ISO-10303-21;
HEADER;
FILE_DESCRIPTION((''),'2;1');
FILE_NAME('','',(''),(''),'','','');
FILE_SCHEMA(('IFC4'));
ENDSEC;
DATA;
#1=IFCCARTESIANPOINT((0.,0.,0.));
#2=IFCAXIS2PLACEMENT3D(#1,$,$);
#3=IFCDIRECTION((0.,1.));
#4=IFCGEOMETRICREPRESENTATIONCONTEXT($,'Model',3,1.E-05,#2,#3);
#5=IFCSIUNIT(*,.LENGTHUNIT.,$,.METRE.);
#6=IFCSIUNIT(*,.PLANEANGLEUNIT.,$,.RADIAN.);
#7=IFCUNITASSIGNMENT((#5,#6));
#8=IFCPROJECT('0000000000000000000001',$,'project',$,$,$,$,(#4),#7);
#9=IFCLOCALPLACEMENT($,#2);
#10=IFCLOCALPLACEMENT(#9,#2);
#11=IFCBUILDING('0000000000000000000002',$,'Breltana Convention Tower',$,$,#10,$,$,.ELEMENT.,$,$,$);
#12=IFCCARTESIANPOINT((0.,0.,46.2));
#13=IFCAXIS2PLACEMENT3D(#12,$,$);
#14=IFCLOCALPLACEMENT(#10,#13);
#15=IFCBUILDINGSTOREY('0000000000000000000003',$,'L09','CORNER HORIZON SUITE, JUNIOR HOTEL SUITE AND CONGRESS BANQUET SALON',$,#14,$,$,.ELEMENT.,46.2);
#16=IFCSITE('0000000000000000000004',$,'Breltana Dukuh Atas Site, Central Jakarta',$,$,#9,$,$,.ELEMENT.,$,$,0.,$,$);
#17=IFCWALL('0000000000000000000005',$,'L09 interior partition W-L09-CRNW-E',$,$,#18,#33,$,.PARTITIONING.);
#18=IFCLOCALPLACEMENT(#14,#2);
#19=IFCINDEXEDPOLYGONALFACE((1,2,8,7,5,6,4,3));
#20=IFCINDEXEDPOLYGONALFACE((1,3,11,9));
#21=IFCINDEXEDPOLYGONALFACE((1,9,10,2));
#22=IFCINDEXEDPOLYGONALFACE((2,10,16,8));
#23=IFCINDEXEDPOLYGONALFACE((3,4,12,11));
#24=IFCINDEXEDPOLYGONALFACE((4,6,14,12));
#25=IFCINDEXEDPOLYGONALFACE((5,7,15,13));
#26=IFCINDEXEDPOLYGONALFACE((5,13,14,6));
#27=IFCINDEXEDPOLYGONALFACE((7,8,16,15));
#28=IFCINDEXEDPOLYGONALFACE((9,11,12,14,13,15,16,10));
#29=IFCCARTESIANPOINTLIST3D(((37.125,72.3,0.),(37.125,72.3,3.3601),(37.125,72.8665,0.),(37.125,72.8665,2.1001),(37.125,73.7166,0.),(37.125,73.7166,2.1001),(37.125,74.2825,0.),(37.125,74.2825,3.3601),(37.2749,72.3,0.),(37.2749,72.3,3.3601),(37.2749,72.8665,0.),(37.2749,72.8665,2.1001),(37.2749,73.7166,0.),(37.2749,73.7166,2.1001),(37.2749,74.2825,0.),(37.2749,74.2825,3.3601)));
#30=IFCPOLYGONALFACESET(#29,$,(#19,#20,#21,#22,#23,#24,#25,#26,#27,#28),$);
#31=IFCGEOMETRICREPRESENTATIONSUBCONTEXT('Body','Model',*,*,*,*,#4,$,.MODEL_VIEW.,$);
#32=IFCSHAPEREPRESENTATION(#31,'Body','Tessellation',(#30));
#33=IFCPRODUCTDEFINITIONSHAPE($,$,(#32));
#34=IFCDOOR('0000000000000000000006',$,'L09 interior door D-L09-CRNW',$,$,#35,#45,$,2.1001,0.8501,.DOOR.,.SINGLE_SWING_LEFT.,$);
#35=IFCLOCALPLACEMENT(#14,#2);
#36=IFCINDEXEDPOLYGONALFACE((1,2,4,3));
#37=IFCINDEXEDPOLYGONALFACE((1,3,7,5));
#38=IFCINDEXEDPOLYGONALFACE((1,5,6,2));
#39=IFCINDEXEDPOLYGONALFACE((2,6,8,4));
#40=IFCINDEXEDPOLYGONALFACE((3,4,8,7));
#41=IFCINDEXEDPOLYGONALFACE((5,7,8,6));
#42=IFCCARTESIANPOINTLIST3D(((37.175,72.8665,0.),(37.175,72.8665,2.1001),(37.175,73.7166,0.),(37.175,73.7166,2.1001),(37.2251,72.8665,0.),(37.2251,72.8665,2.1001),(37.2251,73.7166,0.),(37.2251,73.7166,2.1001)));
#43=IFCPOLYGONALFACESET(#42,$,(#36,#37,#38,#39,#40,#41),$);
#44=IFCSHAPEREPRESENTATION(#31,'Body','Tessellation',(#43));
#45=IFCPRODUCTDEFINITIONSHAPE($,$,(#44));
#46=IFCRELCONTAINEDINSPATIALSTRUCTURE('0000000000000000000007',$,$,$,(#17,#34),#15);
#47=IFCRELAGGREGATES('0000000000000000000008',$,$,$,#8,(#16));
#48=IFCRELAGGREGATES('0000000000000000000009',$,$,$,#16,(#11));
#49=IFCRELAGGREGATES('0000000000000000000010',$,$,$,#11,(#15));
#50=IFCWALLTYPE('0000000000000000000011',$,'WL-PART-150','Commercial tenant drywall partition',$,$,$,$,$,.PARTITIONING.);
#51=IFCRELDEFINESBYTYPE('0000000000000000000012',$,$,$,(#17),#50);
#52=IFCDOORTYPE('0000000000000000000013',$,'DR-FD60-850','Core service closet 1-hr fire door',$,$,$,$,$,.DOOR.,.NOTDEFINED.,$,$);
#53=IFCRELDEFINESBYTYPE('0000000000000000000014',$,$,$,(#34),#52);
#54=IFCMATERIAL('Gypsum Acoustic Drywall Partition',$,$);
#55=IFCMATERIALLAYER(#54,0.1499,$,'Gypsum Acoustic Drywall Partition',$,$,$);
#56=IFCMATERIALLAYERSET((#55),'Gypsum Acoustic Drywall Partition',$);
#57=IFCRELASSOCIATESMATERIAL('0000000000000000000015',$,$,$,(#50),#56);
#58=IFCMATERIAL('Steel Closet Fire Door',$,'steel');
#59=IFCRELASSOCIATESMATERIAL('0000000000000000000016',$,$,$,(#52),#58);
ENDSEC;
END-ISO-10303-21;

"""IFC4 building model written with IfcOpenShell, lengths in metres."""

from ifc_helpers import new_model, si_unit, direction, frame, frame_2d, origin, place, context, subcontext, project, spatial, rectangle, extrude, source, transform, mapped, material, layer, layer_set, type_object, type_shapes, element, fill, save


model = new_model("IFC4")

# Units and contexts
model_context = context("Model", 3, precision=1e-05, world=origin(), true_north=direction((0.0, 1.0)))
body_context = subcontext(model_context, "Body", "Model", "MODEL_VIEW")
ifc_project = project(units=[si_unit("LENGTHUNIT", "METRE"), si_unit("PLANEANGLEUNIT", "RADIAN")], contexts=[model_context])

# Site, building, storey
site_placement = place(None, origin())
site = spatial("IfcSite", under=ifc_project, at=site_placement, Name="Breltana Dukuh Atas Site, Central Jakarta", CompositionType="ELEMENT", RefElevation=0.0)
building_placement = place(site_placement, origin())
building = spatial("IfcBuilding", under=site, at=building_placement, Name="Breltana Convention Tower", CompositionType="ELEMENT")
storey_placement = place(building_placement, frame((0.0, 0.0, 46.2)))
storey = spatial("IfcBuildingStorey", under=building, at=storey_placement, Name="L09", Description="CORNER HORIZON SUITE, JUNIOR HOTEL SUITE AND CONGRESS BANQUET SALON", CompositionType="ELEMENT", Elevation=46.2)

# Shared definitions
ifc_material_1 = material(Name="Gypsum Acoustic Drywall Partition")
ifc_layer_1 = layer(ifc_material_1, 0.1499, Name="Gypsum Acoustic Drywall Partition")
ifc_layer_set_1 = layer_set([ifc_layer_1], Name="Gypsum Acoustic Drywall Partition")
wall_type_1 = type_object("IfcWallType", Name="WL-PART-150", Description="Commercial tenant drywall partition", PredefinedType="PARTITIONING", material=ifc_layer_set_1)

# Wall, opening, door
shared_shape_1 = source(origin(), body_context, "Body", "SweptSolid", [
    extrude(rectangle(XDim=1.9824, YDim=0.1499, at=frame_2d((0.9912, 0.0))), origin(), (0.0, 0.0, 1.0), 3.3601),
])
wall_1_placement = place(storey_placement, frame((37.2, 72.3, 0.0), z_axis=(0.0, 0.0, 1.0), x_axis=(0.0, 1.0, 0.0)))
wall_1 = element("IfcWall", 1, at=wall_1_placement, inside=storey, type_object=wall_type_1, Name="L09 interior partition W-L09-CRNW-E", PredefinedType="PARTITIONING", context=body_context, shape_type="MappedRepresentation", body=[
    mapped(shared_shape_1, transform((0.0, 0.0, 0.0), scale=1.0)),
])
opening_1_placement = place(wall_1_placement, frame((0.5664, 0.0, 0.0)))
opening_1 = element("IfcOpeningElement", 2, at=opening_1_placement, cuts=wall_1, PredefinedType="OPENING", context=body_context, shape_type="SweptSolid", body=[
    extrude(rectangle(XDim=0.8501, YDim=2.1001, at=frame_2d((0.425, 1.05))), frame((0.0, 0.085, 0.0), z_axis=(0.0, -1.0, 0.0), x_axis=(1.0, 0.0, 0.0)), (0.0, 0.0, 1.0), 0.1699),
])
ifc_material_2 = material(Name="Steel Closet Fire Door", Category="steel")
door_type_1 = type_object("IfcDoorType", Name="DR-FD60-850", Description="Core service closet 1-hr fire door", OperationType="NOTDEFINED", PredefinedType="DOOR", material=ifc_material_2)
shared_shape_2 = source(origin(), body_context, "Body", "SweptSolid", [
    extrude(rectangle(XDim=0.8501, YDim=2.1001, at=frame_2d((0.425, 1.05))), frame((0.0, 0.0249, 0.0), z_axis=(0.0, -1.0, 0.0), x_axis=(1.0, 0.0, 0.0)), (0.0, 0.0, 1.0), 0.05),
])
type_shapes(door_type_1, [shared_shape_2])
door_1_placement = place(opening_1_placement, origin())
door_1 = element("IfcDoor", 3, at=door_1_placement, inside=storey, type_object=door_type_1, Name="L09 interior door D-L09-CRNW", OperationType="SINGLE_SWING_LEFT", OverallHeight=2.1001, OverallWidth=0.8501, PredefinedType="DOOR", context=body_context, shape_type="MappedRepresentation", body=[
    mapped(shared_shape_2, transform((0.0, 0.0, 0.0), scale=1.0)),
])
fill(opening_1, door_1)

save(model, "model.ifc")
